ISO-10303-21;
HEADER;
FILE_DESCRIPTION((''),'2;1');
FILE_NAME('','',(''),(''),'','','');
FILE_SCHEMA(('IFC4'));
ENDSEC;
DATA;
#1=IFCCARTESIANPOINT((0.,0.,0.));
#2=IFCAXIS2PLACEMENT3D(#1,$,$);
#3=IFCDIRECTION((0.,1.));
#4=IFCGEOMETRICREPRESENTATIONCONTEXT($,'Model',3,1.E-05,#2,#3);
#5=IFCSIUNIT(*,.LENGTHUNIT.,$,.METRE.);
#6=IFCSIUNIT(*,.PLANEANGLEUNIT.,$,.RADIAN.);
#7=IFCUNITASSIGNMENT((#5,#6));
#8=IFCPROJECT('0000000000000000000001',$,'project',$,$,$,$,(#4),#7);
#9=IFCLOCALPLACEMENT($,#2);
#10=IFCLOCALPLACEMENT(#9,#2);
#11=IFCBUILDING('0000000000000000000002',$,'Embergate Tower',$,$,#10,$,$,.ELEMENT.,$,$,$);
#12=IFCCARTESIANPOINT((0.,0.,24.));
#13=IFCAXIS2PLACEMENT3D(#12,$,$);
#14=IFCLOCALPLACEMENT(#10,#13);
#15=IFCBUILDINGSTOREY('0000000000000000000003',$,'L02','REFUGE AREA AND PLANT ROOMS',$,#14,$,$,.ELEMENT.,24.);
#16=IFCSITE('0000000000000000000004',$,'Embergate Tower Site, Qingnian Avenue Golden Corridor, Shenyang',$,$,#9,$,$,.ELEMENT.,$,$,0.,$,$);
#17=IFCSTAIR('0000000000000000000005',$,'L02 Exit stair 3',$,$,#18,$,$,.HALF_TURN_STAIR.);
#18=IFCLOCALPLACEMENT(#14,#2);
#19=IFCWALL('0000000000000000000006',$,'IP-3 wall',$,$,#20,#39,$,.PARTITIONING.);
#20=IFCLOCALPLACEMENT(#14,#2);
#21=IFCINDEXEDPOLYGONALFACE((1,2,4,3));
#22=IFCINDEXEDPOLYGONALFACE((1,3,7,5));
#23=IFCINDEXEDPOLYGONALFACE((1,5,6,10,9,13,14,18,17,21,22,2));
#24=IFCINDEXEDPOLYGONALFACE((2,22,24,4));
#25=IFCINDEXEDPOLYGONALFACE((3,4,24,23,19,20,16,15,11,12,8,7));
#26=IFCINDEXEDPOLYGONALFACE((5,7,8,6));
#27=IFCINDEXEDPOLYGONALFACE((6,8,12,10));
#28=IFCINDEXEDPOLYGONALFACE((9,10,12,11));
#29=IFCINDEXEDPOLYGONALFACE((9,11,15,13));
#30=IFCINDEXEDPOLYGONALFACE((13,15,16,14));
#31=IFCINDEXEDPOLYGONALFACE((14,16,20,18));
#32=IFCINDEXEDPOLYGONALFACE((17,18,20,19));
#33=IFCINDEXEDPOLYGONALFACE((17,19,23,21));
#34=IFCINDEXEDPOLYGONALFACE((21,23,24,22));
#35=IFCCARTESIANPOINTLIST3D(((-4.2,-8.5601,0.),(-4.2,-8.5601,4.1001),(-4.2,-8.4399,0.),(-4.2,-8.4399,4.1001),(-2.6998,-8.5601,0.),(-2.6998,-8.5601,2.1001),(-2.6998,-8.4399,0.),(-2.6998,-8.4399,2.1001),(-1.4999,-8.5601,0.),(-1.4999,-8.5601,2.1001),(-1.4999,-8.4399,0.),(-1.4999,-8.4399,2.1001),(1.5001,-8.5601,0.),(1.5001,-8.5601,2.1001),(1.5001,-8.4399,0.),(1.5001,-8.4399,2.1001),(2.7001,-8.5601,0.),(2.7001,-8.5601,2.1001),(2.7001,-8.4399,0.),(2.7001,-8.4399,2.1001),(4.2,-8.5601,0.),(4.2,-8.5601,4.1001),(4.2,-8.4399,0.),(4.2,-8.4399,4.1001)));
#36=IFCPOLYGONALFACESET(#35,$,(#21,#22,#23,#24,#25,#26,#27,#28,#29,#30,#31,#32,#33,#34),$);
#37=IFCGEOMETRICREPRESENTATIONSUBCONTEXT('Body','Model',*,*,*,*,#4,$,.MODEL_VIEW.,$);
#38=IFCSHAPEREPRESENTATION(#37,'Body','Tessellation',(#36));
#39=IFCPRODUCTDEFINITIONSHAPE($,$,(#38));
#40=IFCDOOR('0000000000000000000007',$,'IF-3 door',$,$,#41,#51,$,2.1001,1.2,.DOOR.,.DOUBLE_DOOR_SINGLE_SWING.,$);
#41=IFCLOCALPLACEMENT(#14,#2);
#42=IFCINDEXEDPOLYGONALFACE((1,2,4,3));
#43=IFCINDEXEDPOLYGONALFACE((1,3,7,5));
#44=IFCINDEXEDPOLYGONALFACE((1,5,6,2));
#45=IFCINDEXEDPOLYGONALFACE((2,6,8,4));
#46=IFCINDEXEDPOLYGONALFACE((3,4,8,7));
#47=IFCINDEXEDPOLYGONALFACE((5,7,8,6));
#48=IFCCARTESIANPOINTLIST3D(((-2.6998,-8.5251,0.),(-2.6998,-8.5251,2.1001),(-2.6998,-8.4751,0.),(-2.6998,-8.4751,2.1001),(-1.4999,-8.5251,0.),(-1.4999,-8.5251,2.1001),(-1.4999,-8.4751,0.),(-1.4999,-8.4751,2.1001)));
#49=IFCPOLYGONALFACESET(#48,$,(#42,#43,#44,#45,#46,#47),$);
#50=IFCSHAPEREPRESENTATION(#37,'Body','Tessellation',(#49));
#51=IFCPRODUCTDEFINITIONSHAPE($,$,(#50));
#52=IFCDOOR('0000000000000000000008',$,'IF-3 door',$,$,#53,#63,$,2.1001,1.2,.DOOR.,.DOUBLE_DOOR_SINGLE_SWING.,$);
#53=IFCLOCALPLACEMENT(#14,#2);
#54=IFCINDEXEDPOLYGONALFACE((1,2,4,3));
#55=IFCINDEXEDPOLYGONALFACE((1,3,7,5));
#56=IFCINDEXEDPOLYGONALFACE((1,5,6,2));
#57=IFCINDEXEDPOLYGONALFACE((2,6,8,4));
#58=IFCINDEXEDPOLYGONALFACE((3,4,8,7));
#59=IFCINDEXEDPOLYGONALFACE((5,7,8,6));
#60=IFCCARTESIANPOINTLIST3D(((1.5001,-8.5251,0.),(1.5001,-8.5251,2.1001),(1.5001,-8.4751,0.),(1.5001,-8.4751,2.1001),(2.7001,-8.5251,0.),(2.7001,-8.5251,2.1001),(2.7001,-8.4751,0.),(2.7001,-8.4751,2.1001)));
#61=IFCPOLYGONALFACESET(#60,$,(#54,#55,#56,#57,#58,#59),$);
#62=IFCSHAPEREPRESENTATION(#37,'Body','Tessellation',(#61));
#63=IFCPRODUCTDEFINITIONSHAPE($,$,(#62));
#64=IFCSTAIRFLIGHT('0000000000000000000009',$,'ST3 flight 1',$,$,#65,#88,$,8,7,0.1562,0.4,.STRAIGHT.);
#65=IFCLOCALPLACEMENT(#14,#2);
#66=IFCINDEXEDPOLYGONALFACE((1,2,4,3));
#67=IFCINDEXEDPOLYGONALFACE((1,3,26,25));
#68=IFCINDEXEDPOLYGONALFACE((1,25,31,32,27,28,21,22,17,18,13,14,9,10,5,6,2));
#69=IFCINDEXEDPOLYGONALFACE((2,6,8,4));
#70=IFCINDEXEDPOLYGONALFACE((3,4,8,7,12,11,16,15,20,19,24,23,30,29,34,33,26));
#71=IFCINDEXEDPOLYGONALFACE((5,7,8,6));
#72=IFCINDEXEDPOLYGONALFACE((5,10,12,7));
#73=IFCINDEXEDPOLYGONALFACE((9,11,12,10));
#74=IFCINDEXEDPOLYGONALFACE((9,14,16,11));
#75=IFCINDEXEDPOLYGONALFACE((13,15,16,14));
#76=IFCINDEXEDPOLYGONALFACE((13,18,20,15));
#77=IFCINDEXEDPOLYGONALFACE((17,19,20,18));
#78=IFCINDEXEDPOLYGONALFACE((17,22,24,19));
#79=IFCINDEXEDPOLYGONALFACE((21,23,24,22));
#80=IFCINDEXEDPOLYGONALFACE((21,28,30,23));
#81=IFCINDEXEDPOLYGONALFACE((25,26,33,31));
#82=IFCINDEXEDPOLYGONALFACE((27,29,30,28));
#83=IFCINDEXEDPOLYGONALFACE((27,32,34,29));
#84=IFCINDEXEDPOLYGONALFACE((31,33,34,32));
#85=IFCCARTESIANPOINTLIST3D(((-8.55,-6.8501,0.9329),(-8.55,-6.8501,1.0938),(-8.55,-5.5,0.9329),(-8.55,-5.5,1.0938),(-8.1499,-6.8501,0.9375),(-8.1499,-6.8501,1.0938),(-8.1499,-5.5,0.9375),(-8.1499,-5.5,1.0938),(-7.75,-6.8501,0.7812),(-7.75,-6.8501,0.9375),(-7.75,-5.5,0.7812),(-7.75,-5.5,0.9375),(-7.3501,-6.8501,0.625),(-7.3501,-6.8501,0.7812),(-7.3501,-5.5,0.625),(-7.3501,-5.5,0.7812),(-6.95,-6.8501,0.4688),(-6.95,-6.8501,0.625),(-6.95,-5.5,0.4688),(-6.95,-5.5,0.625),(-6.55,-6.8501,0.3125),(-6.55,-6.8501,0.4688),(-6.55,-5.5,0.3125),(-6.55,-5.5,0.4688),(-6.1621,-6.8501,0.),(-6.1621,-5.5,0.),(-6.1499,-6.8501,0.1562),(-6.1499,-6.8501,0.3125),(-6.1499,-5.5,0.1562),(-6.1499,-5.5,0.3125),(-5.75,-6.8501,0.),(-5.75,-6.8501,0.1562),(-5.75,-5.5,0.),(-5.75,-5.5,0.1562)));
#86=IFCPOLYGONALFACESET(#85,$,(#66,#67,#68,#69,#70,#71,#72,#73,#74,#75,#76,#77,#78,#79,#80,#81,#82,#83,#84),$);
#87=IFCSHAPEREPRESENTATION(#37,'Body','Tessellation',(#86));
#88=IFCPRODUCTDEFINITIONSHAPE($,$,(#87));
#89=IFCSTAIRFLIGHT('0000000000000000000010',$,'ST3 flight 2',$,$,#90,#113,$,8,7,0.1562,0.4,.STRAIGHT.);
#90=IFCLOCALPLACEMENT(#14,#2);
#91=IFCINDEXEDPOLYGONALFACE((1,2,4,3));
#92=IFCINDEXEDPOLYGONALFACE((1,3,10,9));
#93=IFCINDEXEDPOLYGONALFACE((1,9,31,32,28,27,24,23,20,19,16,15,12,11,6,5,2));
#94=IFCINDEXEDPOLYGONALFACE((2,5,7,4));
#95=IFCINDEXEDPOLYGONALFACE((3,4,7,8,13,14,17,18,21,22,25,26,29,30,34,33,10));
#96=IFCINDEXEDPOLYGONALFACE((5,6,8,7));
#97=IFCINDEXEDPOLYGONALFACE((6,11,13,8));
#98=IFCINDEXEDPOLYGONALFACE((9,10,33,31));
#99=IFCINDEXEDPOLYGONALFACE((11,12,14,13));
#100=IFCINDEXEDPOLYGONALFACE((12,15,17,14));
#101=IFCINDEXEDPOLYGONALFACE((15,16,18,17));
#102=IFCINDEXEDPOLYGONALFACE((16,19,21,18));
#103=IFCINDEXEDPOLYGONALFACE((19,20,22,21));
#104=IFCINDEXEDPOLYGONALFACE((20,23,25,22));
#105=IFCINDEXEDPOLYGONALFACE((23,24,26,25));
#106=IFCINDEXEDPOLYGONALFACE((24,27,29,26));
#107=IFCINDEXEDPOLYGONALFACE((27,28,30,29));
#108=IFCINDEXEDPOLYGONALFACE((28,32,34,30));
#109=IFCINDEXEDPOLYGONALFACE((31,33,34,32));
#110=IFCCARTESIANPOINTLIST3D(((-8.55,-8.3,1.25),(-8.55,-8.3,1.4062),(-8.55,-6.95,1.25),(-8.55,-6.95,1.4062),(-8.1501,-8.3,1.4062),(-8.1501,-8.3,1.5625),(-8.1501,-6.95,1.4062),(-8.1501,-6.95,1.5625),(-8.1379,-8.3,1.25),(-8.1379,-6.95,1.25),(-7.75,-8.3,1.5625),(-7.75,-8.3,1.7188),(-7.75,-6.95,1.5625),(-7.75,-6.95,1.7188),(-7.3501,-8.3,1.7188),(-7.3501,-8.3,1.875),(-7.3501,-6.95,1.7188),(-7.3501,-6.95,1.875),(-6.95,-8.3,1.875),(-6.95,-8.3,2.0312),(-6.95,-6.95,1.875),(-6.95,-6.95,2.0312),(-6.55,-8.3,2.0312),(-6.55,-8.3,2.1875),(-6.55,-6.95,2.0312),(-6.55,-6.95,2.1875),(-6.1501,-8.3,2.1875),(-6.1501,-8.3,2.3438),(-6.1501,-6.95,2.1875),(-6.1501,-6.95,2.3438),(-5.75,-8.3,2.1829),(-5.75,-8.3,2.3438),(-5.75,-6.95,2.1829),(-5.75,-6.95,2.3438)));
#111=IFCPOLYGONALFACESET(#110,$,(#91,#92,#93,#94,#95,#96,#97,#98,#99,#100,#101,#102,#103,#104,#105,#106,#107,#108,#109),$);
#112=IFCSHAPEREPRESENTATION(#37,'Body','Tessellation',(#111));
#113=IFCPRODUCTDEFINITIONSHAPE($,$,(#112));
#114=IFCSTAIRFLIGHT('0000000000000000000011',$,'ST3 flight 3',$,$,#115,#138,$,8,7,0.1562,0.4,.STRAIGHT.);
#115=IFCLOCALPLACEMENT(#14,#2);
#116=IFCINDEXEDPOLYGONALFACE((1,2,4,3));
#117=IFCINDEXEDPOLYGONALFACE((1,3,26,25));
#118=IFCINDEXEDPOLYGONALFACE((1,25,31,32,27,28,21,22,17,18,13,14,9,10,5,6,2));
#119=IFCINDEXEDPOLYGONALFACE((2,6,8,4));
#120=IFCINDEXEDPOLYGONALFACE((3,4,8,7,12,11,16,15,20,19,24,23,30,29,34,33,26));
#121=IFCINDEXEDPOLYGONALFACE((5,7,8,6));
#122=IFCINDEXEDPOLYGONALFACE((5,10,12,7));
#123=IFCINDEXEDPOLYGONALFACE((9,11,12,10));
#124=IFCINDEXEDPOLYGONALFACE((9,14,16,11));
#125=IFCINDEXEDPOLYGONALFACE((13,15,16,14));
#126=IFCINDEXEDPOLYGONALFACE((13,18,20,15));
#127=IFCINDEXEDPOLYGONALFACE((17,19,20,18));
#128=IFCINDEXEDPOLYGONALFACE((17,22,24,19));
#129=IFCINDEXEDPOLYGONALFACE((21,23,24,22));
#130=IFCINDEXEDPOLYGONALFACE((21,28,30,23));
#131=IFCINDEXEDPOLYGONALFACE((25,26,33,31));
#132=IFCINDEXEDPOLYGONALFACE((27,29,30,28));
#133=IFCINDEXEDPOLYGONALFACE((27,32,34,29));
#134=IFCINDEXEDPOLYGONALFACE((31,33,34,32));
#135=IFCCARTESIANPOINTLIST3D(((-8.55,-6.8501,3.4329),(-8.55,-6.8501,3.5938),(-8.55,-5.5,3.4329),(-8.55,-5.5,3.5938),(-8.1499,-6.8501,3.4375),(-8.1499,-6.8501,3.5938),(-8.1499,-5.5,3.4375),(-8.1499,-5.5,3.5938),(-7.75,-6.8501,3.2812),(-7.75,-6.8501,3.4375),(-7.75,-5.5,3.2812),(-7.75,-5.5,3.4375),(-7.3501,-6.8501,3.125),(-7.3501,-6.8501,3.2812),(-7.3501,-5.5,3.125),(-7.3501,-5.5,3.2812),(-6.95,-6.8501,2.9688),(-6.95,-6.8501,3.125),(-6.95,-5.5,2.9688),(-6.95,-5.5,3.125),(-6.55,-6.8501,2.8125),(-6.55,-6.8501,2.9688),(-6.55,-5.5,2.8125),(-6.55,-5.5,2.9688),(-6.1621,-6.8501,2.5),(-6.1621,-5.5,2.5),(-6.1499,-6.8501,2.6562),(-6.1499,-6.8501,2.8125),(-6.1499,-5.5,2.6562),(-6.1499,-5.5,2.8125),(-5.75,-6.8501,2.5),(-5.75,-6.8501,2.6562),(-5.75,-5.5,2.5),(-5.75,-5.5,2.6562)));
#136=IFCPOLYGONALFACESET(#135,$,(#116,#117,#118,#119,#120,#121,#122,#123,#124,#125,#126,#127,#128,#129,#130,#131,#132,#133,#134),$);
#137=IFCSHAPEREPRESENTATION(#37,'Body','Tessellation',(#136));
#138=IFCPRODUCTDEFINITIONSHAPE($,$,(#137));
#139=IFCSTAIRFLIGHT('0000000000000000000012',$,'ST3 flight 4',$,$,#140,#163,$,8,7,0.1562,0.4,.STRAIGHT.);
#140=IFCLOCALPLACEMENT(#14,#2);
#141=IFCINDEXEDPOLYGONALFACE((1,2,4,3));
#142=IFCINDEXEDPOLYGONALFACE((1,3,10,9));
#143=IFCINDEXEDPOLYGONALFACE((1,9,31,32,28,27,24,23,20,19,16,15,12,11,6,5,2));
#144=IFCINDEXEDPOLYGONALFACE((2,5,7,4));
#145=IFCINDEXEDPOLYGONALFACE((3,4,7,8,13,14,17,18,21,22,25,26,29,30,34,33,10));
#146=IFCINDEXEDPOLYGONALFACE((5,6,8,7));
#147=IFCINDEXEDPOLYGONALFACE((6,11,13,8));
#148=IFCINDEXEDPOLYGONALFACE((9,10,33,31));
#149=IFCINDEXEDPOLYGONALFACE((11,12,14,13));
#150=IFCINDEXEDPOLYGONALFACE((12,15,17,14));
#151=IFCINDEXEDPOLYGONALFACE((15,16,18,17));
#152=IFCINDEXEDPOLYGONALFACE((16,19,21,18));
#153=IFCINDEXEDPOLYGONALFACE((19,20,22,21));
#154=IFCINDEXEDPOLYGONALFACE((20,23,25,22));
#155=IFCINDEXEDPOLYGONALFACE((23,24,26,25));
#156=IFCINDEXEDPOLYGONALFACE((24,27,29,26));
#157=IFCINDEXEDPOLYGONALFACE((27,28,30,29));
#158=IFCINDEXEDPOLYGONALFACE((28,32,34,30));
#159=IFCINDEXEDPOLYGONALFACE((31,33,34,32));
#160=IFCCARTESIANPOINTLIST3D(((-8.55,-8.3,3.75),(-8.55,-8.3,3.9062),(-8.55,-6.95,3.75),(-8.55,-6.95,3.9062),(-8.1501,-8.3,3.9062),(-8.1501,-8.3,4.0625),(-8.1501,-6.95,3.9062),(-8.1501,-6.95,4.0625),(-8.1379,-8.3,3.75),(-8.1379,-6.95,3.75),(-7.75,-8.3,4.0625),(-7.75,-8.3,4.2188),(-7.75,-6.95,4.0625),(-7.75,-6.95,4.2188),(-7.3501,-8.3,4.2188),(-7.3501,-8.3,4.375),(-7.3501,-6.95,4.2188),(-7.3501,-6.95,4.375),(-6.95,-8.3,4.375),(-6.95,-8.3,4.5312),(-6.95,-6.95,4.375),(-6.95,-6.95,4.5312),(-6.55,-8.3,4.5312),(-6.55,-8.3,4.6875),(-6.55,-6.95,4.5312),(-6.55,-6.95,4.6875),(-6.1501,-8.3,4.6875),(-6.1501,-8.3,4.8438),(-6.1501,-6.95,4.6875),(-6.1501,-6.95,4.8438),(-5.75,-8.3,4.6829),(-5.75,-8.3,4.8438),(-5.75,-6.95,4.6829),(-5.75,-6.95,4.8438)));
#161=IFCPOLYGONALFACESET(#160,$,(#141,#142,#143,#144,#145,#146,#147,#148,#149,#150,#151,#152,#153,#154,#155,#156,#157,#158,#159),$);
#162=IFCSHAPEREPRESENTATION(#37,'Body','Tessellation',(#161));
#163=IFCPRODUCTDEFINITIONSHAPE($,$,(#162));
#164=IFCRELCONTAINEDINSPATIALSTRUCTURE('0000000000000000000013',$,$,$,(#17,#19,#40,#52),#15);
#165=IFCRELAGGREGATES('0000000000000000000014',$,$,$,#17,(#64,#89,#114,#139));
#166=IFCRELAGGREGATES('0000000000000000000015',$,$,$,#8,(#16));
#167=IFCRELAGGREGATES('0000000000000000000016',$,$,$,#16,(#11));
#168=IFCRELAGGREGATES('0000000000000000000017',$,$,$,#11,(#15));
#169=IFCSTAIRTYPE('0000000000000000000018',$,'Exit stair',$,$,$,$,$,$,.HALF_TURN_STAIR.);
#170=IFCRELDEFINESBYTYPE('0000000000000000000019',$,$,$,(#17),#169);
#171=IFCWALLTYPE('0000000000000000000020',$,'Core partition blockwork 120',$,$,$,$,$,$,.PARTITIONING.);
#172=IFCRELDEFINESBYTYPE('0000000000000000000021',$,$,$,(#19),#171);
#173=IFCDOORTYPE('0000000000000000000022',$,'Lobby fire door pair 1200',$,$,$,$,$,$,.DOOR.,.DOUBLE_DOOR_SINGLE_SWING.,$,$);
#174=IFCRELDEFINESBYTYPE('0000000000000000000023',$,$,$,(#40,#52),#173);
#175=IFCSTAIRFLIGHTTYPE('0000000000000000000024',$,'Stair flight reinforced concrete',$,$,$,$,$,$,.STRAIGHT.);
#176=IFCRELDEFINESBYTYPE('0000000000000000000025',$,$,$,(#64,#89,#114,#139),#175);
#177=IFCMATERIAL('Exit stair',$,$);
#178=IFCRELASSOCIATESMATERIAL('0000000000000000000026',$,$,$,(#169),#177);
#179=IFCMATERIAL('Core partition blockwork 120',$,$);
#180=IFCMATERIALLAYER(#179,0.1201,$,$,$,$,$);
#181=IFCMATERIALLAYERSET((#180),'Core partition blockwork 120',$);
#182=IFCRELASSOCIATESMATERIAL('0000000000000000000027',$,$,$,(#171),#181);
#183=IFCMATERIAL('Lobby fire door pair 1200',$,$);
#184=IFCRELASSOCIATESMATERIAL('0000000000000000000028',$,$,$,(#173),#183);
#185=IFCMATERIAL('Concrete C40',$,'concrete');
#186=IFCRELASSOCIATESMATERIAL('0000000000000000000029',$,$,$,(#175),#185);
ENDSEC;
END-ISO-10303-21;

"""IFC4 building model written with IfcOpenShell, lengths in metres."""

from ifc_helpers import new_model, si_unit, direction, frame, frame_2d, origin, place, context, subcontext, project, spatial, polyline, rectangle, outline, extrude, source, transform, mapped, material, layer, layer_set, type_object, element, fill, aggregate, save


model = new_model("IFC4")

# Units and contexts
model_context = context("Model", 3, precision=1e-05, world=origin(), true_north=direction((0.0, 1.0)))
body_context = subcontext(model_context, "Body", "Model", "MODEL_VIEW")
ifc_project = project(units=[si_unit("LENGTHUNIT", "METRE"), si_unit("PLANEANGLEUNIT", "RADIAN")], contexts=[model_context])

# Site, building, storey
site_placement = place(None, origin())
site = spatial("IfcSite", under=ifc_project, at=site_placement, Name="Embergate Tower Site, Qingnian Avenue Golden Corridor, Shenyang", CompositionType="ELEMENT", RefElevation=0.0)
building_placement = place(site_placement, origin())
building = spatial("IfcBuilding", under=site, at=building_placement, Name="Embergate Tower", CompositionType="ELEMENT")
storey_placement = place(building_placement, frame((0.0, 0.0, 24.0)))
storey = spatial("IfcBuildingStorey", under=building, at=storey_placement, Name="L02", Description="REFUGE AREA AND PLANT ROOMS", CompositionType="ELEMENT", Elevation=24.0)

# Stair
ifc_material_1 = material(Name="Exit stair")
stair_type = type_object("IfcStairType", Name="Exit stair", PredefinedType="HALF_TURN_STAIR", material=ifc_material_1)
stair_placement = place(storey_placement, origin())
stair = element("IfcStair", 1, at=stair_placement, inside=storey, type_object=stair_type, Name="L02 Exit stair 3", PredefinedType="HALF_TURN_STAIR")
ifc_material_2 = material(Name="Concrete C40", Category="concrete")

# Shared definitions
ifc_material_3 = material(Name="Core partition blockwork 120")
ifc_layer_1 = layer(ifc_material_3, 0.1201)
ifc_layer_set_1 = layer_set([ifc_layer_1], Name="Core partition blockwork 120")
wall_type_1 = type_object("IfcWallType", Name="Core partition blockwork 120", PredefinedType="PARTITIONING", material=ifc_layer_set_1)

# Shared definitions
shared_shape_1 = source(origin(), body_context, "Body", "SweptSolid", [
    extrude(rectangle(XDim=1.2, YDim=2.1001, at=frame_2d((0.6001, 1.05))), frame((0.0, 0.0249, 0.0), z_axis=(0.0, -1.0, 0.0), x_axis=(1.0, 0.0, 0.0)), (0.0, 0.0, 1.0), 0.05),
])

# Wall, openings, doors
shared_shape_2 = source(origin(), body_context, "Body", "SweptSolid", [
    extrude(rectangle(XDim=8.3999, YDim=0.1201, at=frame_2d((4.2, 0.0))), origin(), (0.0, 0.0, 1.0), 4.1001),
])
wall_1_placement = place(storey_placement, frame((-4.2, -8.5, 0.0), z_axis=(0.0, 0.0, 1.0), x_axis=(1.0, 0.0, 0.0)))
wall_1 = element("IfcWall", 2, at=wall_1_placement, inside=storey, type_object=wall_type_1, Name="IP-3 wall", PredefinedType="PARTITIONING", context=body_context, shape_type="MappedRepresentation", body=[
    mapped(shared_shape_2, transform((0.0, 0.0, 0.0))),
])
shared_shape_3 = source(origin(), body_context, "Body", "SweptSolid", [
    extrude(rectangle(XDim=1.2, YDim=2.1001, at=frame_2d((0.6001, 1.05))), frame((0.0, 0.0701, 0.0), z_axis=(0.0, -1.0, 0.0), x_axis=(1.0, 0.0, 0.0)), (0.0, 0.0, 1.0), 0.1401),
])
opening_1_placement = place(wall_1_placement, frame((1.5, 0.0, 0.0)))
opening_1 = element("IfcOpeningElement", 3, at=opening_1_placement, cuts=wall_1, PredefinedType="OPENING", context=body_context, shape_type="MappedRepresentation", body=[
    mapped(shared_shape_3, transform((0.0, 0.0, 0.0))),
])
opening_2_placement = place(wall_1_placement, frame((5.7, 0.0, 0.0)))
opening_2 = element("IfcOpeningElement", 4, at=opening_2_placement, cuts=wall_1, PredefinedType="OPENING", context=body_context, shape_type="MappedRepresentation", body=[
    mapped(shared_shape_3, transform((0.0, 0.0, 0.0))),
])
ifc_material_4 = material(Name="Lobby fire door pair 1200")
door_type_1 = type_object("IfcDoorType", Name="Lobby fire door pair 1200", OperationType="DOUBLE_DOOR_SINGLE_SWING", PredefinedType="DOOR", material=ifc_material_4)
door_1_placement = place(opening_1_placement, origin())
door_1 = element("IfcDoor", 5, at=door_1_placement, inside=storey, type_object=door_type_1, Name="IF-3 door", OperationType="DOUBLE_DOOR_SINGLE_SWING", OverallHeight=2.1001, OverallWidth=1.2, PredefinedType="DOOR", context=body_context, shape_type="MappedRepresentation", body=[
    mapped(shared_shape_1, transform((0.0, 0.0, 0.0))),
])
fill(opening_1, door_1)
door_2_placement = place(opening_2_placement, origin())
door_2 = element("IfcDoor", 6, at=door_2_placement, inside=storey, type_object=door_type_1, Name="IF-3 door", OperationType="DOUBLE_DOOR_SINGLE_SWING", OverallHeight=2.1001, OverallWidth=1.2, PredefinedType="DOOR", context=body_context, shape_type="MappedRepresentation", body=[
    mapped(shared_shape_1, transform((0.0, 0.0, 0.0))),
])
fill(opening_2, door_2)

# Stair flights
stair_flight_type = type_object("IfcStairFlightType", Name="Stair flight reinforced concrete", PredefinedType="STRAIGHT", material=ifc_material_2)
shared_shape_4 = source(origin(), body_context, "Body", "SweptSolid", [
    extrude(outline(polyline([(0.0, 0.0), (0.0, 0.1562), (0.3999, 0.1562), (0.3999, 0.3125), (0.8, 0.3125), (0.8, 0.4688), (1.2, 0.4688), (1.2, 0.625), (1.6001, 0.625), (1.6001, 0.7812), (2.0, 0.7812), (2.0, 0.9375), (2.3999, 0.9375), (2.3999, 1.0938), (2.8, 1.0938), (2.8, 1.25), (2.8, 0.9329), (0.4121, 0.0), (0.0, 0.0)])), frame((0.0, 0.675, 0.0), z_axis=(0.0, -1.0, 0.0), x_axis=(1.0, 0.0, 0.0)), (0.0, 0.0, 1.0), 1.3501),
])
stair_flight_1_placement = place(storey_placement, frame((-5.75, -6.175, 0.0), z_axis=(0.0, 0.0, 1.0), x_axis=(-1.0, 0.0, 0.0)))
stair_flight_1 = element("IfcStairFlight", 7, at=stair_flight_1_placement, type_object=stair_flight_type, Name="ST3 flight 1", NumberOfRisers=8, NumberOfTreads=7, PredefinedType="STRAIGHT", RiserHeight=0.1562, TreadLength=0.4, context=body_context, shape_type="MappedRepresentation", body=[
    mapped(shared_shape_4, transform((0.0, 0.0, 0.0))),
])
stair_flight_2_placement = place(storey_placement, frame((-8.55, -7.625, 1.25), z_axis=(0.0, 0.0, 1.0), x_axis=(1.0, 0.0, 0.0)))
stair_flight_2 = element("IfcStairFlight", 8, at=stair_flight_2_placement, type_object=stair_flight_type, Name="ST3 flight 2", NumberOfRisers=8, NumberOfTreads=7, PredefinedType="STRAIGHT", RiserHeight=0.1562, TreadLength=0.4, context=body_context, shape_type="MappedRepresentation", body=[
    mapped(shared_shape_4, transform((0.0, 0.0, 0.0))),
])
stair_flight_3_placement = place(storey_placement, frame((-5.75, -6.175, 2.5), z_axis=(0.0, 0.0, 1.0), x_axis=(-1.0, 0.0, 0.0)))
stair_flight_3 = element("IfcStairFlight", 9, at=stair_flight_3_placement, type_object=stair_flight_type, Name="ST3 flight 3", NumberOfRisers=8, NumberOfTreads=7, PredefinedType="STRAIGHT", RiserHeight=0.1562, TreadLength=0.4, context=body_context, shape_type="MappedRepresentation", body=[
    mapped(shared_shape_4, transform((0.0, 0.0, 0.0))),
])
stair_flight_4_placement = place(storey_placement, frame((-8.55, -7.625, 3.75), z_axis=(0.0, 0.0, 1.0), x_axis=(1.0, 0.0, 0.0)))
stair_flight_4 = element("IfcStairFlight", 10, at=stair_flight_4_placement, type_object=stair_flight_type, Name="ST3 flight 4", NumberOfRisers=8, NumberOfTreads=7, PredefinedType="STRAIGHT", RiserHeight=0.1562, TreadLength=0.4, context=body_context, shape_type="MappedRepresentation", body=[
    mapped(shared_shape_4, transform((0.0, 0.0, 0.0))),
])
aggregate(stair, [stair_flight_1, stair_flight_2, stair_flight_3, stair_flight_4])

save(model, "model.ifc")
